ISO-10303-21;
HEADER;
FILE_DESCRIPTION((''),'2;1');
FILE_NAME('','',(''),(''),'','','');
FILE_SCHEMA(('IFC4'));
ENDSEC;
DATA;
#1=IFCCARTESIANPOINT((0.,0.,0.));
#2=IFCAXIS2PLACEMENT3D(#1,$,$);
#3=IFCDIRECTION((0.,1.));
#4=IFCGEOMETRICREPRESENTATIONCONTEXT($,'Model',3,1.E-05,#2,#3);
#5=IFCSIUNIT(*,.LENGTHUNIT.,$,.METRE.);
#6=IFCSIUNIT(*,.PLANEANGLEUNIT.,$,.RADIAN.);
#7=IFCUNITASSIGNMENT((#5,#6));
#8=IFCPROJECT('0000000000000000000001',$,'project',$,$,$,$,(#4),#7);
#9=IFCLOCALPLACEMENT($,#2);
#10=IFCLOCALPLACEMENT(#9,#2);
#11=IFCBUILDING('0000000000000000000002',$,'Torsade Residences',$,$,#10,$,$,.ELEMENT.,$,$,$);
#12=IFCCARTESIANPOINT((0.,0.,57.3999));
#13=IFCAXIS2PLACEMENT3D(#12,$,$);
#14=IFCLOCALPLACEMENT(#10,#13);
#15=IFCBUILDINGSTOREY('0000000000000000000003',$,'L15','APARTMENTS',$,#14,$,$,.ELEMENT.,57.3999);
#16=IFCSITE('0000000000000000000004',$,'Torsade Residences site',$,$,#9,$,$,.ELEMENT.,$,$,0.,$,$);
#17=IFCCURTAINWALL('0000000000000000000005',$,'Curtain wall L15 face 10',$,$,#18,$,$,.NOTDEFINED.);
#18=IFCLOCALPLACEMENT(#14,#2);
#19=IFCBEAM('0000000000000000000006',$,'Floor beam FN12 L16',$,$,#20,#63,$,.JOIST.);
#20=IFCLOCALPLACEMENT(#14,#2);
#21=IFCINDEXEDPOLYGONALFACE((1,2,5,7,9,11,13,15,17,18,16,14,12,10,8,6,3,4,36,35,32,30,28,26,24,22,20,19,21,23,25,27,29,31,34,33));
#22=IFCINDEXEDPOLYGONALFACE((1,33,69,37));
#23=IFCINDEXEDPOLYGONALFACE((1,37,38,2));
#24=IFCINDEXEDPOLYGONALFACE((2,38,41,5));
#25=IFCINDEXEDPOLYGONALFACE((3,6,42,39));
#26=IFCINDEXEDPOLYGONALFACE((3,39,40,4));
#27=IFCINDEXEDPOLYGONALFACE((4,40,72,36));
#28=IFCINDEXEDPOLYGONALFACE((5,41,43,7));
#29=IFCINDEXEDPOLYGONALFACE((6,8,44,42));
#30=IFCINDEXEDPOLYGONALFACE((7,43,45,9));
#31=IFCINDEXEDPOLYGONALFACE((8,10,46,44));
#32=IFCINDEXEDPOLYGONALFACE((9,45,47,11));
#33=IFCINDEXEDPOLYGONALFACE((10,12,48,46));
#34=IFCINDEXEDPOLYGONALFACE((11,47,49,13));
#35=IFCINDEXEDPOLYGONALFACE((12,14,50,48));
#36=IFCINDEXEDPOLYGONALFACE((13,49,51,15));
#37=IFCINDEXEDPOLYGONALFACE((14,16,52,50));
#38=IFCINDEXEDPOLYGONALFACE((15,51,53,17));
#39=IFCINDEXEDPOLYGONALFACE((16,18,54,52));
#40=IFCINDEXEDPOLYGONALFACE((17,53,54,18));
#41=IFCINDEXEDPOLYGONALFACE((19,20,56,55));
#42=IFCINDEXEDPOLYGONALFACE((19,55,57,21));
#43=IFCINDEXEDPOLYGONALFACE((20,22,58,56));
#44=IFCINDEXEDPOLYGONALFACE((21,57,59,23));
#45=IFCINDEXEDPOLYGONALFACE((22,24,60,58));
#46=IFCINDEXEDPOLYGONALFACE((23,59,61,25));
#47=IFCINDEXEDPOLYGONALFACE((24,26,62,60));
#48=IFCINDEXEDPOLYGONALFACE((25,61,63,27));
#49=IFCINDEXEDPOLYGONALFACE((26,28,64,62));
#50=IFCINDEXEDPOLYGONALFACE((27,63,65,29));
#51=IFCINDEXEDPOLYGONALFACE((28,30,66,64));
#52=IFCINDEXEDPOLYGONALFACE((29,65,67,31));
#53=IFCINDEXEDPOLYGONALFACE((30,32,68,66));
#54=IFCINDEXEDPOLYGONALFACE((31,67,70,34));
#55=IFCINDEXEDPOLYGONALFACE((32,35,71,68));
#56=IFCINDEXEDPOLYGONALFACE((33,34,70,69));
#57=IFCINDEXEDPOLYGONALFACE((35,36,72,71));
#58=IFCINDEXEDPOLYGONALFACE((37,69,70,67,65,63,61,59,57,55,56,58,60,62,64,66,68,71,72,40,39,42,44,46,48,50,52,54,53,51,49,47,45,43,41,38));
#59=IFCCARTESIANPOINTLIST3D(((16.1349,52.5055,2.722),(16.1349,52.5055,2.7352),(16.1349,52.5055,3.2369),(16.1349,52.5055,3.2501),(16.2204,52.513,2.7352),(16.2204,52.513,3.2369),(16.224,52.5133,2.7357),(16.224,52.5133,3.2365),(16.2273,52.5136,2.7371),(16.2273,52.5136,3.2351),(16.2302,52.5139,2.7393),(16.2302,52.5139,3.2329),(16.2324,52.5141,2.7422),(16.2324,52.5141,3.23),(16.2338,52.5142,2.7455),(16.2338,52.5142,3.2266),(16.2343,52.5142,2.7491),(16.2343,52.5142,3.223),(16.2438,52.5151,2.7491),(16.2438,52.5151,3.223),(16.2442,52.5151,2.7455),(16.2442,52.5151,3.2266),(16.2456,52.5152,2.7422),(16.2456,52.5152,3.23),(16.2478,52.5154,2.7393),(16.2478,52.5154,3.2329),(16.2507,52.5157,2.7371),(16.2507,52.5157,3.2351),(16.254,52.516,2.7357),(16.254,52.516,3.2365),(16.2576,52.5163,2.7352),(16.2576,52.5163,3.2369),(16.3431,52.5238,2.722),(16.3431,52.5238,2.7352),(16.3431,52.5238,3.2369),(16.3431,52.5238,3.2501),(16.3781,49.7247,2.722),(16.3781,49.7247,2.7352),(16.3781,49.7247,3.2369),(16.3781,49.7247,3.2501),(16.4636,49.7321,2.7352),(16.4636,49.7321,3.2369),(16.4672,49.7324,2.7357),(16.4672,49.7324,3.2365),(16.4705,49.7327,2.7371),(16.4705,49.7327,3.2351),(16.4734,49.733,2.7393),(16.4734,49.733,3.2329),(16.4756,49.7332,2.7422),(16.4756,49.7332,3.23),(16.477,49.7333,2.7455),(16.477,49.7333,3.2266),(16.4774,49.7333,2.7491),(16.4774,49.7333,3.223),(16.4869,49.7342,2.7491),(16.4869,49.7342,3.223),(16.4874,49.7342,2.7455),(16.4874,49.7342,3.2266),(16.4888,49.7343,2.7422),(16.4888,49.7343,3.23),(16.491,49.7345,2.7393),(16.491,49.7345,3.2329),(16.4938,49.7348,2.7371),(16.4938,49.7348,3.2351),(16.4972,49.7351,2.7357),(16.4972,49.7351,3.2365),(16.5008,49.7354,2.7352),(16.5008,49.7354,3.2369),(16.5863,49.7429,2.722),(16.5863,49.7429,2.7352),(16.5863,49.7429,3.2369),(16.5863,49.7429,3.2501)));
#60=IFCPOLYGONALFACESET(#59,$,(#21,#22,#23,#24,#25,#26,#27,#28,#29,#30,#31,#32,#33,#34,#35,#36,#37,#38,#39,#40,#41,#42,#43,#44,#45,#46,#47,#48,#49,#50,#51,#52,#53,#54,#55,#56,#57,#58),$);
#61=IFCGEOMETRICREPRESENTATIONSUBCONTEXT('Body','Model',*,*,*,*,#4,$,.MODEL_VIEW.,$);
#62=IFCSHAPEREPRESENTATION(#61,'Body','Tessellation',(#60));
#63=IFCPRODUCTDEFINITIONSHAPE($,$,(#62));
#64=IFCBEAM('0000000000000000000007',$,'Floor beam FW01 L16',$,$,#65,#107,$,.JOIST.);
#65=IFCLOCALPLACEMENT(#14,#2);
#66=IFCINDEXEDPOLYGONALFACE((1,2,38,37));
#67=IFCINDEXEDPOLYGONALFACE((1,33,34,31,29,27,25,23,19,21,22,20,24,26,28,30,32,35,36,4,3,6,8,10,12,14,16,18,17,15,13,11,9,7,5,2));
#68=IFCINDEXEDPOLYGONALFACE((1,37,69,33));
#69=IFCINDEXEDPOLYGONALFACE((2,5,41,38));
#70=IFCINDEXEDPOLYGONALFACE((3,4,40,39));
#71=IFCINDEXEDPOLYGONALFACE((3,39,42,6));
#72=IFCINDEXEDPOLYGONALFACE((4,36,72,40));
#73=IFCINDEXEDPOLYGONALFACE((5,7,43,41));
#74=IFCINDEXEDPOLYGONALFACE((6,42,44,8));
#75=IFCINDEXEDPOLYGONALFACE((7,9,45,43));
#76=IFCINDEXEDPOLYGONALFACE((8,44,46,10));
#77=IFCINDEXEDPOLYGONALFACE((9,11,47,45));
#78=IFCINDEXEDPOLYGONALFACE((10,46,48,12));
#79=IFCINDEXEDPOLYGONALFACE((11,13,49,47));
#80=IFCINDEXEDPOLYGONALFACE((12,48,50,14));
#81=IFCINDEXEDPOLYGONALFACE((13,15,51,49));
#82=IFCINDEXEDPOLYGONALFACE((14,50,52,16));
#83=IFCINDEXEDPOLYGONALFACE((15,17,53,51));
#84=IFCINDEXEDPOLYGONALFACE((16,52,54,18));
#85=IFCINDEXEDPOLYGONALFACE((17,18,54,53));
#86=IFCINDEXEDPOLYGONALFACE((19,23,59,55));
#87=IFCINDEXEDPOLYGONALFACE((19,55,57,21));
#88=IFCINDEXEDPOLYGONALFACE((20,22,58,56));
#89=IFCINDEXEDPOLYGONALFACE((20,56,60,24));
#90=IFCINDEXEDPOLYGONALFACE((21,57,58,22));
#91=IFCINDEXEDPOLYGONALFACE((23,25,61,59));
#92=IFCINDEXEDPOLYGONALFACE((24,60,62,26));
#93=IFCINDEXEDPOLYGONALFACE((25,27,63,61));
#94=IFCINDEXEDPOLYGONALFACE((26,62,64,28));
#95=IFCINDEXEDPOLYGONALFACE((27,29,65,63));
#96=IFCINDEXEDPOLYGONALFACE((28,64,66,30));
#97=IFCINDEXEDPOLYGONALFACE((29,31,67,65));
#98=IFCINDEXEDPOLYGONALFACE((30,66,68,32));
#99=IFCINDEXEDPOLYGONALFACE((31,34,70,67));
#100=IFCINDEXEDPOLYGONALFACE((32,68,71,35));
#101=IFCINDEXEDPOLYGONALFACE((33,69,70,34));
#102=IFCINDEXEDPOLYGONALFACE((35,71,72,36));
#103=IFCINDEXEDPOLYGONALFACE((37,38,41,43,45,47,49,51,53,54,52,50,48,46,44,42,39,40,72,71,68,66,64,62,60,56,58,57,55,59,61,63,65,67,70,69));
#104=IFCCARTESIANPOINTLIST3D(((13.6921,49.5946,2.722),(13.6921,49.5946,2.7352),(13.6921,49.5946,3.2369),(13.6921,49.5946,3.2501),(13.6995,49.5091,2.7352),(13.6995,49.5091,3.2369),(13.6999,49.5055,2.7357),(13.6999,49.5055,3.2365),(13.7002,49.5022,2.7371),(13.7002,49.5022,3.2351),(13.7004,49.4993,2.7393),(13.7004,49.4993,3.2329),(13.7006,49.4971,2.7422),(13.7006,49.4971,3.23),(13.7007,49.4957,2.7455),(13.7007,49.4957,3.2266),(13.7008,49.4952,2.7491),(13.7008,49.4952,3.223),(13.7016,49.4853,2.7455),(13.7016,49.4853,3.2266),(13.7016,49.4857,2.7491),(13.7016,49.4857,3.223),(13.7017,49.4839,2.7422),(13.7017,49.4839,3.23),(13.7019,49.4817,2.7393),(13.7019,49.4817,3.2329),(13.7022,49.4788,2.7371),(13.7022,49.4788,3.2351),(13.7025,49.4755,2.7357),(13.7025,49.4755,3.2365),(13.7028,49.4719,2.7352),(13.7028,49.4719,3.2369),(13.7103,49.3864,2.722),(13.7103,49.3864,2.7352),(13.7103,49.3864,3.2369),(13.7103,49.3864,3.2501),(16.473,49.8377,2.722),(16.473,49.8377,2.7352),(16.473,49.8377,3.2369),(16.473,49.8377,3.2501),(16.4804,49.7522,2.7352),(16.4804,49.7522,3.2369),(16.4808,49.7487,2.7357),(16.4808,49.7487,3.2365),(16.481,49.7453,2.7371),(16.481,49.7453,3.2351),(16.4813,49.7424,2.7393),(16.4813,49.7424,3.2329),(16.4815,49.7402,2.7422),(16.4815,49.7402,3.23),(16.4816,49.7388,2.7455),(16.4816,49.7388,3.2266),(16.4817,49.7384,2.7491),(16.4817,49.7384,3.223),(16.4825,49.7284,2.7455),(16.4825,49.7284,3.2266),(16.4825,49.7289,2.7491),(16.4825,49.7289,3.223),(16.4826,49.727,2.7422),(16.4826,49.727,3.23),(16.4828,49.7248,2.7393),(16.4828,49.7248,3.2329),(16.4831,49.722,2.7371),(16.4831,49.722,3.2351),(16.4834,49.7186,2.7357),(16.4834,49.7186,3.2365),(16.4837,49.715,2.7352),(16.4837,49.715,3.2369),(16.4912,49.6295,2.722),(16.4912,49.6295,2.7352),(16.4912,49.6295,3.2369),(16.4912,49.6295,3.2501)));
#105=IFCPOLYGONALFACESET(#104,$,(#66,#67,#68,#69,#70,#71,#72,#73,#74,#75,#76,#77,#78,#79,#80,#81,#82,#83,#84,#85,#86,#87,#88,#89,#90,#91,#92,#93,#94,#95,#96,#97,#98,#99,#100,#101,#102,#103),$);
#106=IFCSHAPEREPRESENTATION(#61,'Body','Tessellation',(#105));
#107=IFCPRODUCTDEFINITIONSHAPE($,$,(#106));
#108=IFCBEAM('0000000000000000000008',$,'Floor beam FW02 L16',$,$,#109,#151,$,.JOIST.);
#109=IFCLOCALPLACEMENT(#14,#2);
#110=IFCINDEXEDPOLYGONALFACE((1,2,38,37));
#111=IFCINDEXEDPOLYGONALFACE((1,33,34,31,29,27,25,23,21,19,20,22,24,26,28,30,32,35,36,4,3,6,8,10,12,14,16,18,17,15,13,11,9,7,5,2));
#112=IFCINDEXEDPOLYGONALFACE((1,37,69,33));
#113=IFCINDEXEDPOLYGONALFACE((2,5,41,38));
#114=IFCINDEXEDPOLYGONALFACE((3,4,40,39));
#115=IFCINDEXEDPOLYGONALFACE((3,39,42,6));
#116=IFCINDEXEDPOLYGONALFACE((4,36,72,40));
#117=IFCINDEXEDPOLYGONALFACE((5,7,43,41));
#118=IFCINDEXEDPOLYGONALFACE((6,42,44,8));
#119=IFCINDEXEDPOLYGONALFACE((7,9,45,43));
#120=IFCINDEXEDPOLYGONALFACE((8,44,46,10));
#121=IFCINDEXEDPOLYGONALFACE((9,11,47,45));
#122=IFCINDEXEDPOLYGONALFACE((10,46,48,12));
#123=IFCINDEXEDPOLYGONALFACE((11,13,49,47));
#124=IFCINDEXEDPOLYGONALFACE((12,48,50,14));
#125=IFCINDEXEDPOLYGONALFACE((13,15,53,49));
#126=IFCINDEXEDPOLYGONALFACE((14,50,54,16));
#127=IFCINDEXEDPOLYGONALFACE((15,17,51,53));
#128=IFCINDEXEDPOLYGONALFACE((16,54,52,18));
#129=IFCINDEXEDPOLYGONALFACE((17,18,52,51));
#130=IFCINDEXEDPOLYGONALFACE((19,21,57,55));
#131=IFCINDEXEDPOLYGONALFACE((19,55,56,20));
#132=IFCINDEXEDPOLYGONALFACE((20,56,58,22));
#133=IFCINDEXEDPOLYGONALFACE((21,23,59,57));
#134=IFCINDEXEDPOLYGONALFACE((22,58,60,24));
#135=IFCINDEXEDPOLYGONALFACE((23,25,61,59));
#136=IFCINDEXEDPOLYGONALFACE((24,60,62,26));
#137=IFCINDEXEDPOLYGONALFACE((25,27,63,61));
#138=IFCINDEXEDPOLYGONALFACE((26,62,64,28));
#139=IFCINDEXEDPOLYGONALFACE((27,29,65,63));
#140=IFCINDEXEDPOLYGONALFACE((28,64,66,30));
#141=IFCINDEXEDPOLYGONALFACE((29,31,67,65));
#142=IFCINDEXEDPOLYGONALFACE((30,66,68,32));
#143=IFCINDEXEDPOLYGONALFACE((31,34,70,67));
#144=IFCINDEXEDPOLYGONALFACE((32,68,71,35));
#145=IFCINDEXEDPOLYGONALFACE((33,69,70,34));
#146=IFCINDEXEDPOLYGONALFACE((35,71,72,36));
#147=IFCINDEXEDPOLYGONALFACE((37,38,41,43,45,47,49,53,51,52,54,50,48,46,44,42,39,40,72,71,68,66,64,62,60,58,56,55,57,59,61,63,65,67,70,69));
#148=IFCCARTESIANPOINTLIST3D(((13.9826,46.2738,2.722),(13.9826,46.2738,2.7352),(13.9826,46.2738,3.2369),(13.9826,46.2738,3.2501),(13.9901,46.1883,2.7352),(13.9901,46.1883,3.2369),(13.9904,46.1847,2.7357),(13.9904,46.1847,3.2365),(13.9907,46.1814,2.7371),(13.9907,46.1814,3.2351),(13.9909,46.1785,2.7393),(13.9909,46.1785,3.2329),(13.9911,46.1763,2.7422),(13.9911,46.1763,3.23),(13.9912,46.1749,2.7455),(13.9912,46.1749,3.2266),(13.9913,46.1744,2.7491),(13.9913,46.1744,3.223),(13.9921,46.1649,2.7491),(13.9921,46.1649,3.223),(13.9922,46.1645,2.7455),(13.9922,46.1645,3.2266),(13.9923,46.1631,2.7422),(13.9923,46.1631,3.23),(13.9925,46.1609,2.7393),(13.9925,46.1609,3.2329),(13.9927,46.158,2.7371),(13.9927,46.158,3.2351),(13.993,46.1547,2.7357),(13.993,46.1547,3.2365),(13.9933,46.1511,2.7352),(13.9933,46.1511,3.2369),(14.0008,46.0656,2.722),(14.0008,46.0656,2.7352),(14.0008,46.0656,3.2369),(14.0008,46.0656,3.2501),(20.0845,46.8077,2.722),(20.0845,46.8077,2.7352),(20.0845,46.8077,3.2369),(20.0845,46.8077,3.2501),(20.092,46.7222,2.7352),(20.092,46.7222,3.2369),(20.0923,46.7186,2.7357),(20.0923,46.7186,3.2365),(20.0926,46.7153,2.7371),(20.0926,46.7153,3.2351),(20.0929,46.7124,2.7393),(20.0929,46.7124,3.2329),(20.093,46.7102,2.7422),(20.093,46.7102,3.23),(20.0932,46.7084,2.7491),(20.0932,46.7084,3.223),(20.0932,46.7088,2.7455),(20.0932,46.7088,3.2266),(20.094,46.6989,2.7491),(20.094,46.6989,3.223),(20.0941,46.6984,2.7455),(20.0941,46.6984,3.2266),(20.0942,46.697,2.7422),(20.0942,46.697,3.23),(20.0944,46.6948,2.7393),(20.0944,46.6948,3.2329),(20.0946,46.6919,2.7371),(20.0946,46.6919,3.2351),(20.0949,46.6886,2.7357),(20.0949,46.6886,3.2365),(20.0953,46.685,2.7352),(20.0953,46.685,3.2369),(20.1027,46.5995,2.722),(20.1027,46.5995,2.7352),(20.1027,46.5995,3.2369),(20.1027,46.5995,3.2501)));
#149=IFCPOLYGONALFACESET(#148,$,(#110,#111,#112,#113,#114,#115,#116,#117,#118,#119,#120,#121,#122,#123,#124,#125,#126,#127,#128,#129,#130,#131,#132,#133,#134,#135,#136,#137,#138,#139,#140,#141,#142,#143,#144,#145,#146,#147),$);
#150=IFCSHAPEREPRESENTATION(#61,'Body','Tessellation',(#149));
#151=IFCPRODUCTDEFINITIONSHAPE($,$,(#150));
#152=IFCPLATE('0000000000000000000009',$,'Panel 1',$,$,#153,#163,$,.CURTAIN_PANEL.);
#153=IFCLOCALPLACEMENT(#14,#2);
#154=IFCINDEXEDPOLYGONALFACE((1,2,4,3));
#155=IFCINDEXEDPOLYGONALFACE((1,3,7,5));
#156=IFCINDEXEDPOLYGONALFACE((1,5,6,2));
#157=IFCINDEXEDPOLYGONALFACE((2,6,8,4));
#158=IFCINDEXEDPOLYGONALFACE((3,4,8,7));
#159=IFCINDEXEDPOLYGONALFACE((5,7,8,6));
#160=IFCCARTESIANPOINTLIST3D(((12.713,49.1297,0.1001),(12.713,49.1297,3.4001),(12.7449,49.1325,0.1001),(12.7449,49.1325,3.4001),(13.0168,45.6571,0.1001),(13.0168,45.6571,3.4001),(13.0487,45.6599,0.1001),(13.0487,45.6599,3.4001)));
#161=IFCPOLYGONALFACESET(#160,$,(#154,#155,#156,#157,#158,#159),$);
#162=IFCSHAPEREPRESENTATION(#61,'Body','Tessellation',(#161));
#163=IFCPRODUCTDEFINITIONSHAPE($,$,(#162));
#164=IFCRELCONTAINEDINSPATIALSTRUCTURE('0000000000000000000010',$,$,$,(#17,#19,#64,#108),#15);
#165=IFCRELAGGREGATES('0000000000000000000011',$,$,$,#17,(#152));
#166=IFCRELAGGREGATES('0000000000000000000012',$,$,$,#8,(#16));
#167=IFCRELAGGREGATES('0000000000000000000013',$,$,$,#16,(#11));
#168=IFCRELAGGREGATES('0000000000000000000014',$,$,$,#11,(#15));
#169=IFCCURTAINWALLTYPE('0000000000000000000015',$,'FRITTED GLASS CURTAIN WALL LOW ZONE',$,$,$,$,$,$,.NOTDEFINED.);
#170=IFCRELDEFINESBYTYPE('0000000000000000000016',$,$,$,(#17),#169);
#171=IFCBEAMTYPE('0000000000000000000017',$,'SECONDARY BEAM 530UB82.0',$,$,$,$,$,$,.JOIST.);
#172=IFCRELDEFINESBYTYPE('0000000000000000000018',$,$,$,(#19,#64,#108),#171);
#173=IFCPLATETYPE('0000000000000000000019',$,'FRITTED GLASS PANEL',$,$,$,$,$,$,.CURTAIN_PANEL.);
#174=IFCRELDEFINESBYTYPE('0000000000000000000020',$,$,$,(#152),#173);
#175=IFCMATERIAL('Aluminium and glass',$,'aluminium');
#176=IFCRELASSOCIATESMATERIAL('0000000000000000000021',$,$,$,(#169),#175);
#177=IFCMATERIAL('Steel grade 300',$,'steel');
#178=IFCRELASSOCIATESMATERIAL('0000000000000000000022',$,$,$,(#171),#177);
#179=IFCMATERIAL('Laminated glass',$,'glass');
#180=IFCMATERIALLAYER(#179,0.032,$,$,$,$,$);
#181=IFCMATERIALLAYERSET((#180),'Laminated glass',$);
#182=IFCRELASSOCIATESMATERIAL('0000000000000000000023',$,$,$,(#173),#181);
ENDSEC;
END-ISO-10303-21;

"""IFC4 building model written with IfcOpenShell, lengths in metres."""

from ifc_helpers import new_model, si_unit, direction, frame, origin, origin_2d, place, context, subcontext, project, spatial, rectangle, i_section, extrude, material, layer, layer_set, material_profile, profile_set, type_object, element, aggregate, save


model = new_model("IFC4")

# Units and contexts
model_context = context("Model", 3, precision=1e-05, world=origin(), true_north=direction((0.0, 1.0)))
body_context = subcontext(model_context, "Body", "Model", "MODEL_VIEW")
ifc_project = project(units=[si_unit("LENGTHUNIT", "METRE"), si_unit("PLANEANGLEUNIT", "RADIAN")], contexts=[model_context])

# Site, building, storey
site_placement = place(None, origin())
site = spatial("IfcSite", under=ifc_project, at=site_placement, Name="Torsade Residences site", CompositionType="ELEMENT", RefElevation=0.0)
building_placement = place(site_placement, origin())
building = spatial("IfcBuilding", under=site, at=building_placement, Name="Torsade Residences", CompositionType="ELEMENT")
storey_placement = place(building_placement, frame((0.0, 0.0, 57.3999)))
storey = spatial("IfcBuildingStorey", under=building, at=storey_placement, Name="L15", Description="APARTMENTS", CompositionType="ELEMENT", Elevation=57.3999)

# Shared definitions
ifc_material_1 = material(Name="Aluminium and glass", Category="aluminium")
curtain_wall_type = type_object("IfcCurtainWallType", Name="FRITTED GLASS CURTAIN WALL LOW ZONE", PredefinedType="NOTDEFINED", material=ifc_material_1)

# Curtain wall
curtain_wall_1_placement = place(storey_placement, origin())
curtain_wall_1 = element("IfcCurtainWall", 1, at=curtain_wall_1_placement, inside=storey, type_object=curtain_wall_type, Name="Curtain wall L15 face 10", PredefinedType="NOTDEFINED")

# Beams
ifc_material_2 = material(Name="Steel grade 300", Category="steel")
ifc_material_profile_1 = material_profile(ifc_material_2, i_section(OverallWidth=0.209, OverallDepth=0.5281, WebThickness=0.0095, FlangeThickness=0.0132, FilletRadius=0.0139, at=origin_2d()), Name="530UB82.0")
ifc_profile_set_1 = profile_set([ifc_material_profile_1], Name="Steel grade 300")
beam_type_1 = type_object("IfcBeamType", Name="SECONDARY BEAM 530UB82.0", PredefinedType="JOIST", material=ifc_profile_set_1)
for number, where, z_axis, x_axis, name in (
    (2, (16.239, 52.5146, 2.9861), (0.087105, -0.996199, 0.0), (0.996199, 0.087105, 0.0), "Floor beam FN12 L16"),
    (3, (13.7012, 49.4905, 2.9861), (0.996199, 0.087105, 0.0), (-0.087105, 0.996199, 0.0), "Floor beam FW01 L16"),
):
    element("IfcBeam", number, at=place(storey_placement, frame(where, z_axis=z_axis, x_axis=x_axis)), inside=storey, type_object=beam_type_1, Name=name, PredefinedType="JOIST", context=body_context, shape_type="SweptSolid", body=[
        extrude(i_section(OverallWidth=0.209, OverallDepth=0.5281, WebThickness=0.0095, FlangeThickness=0.0132, FilletRadius=0.0139, at=origin_2d()), origin(), (0.0, 0.0, 1.0), 2.7915),
    ])
beam_1_placement = place(storey_placement, frame((13.9917, 46.1697, 2.9861), z_axis=(0.996193, 0.087171, 0.0), x_axis=(-0.087171, 0.996193, 0.0)))
element("IfcBeam", 4, at=beam_1_placement, inside=storey, type_object=beam_type_1, Name="Floor beam FW02 L16", PredefinedType="JOIST", context=body_context, shape_type="SweptSolid", body=[
    extrude(i_section(OverallWidth=0.209, OverallDepth=0.5281, WebThickness=0.0095, FlangeThickness=0.0132, FilletRadius=0.0139, at=origin_2d()), origin(), (0.0, 0.0, 1.0), 6.1252),
])

# Plate
ifc_material_3 = material(Name="Laminated glass", Category="glass")
ifc_layer_1 = layer(ifc_material_3, 0.032)
ifc_layer_set_1 = layer_set([ifc_layer_1], Name="Laminated glass")
plate_type = type_object("IfcPlateType", Name="FRITTED GLASS PANEL", PredefinedType="CURTAIN_PANEL", material=ifc_layer_set_1)
plate_placement = place(storey_placement, frame((12.8809, 47.3948, 0.1001), z_axis=(0.0, 0.0, 1.0), x_axis=(0.087156, -0.996195, 0.0)))
plate = element("IfcPlate", 5, at=plate_placement, type_object=plate_type, Name="Panel 1", PredefinedType="CURTAIN_PANEL", context=body_context, shape_type="SweptSolid", body=[
    extrude(rectangle(XDim=3.4858, YDim=0.032, at=origin_2d()), origin(), (0.0, 0.0, 1.0), 3.3),
])
aggregate(curtain_wall_1, [plate])

save(model, "model.ifc")
